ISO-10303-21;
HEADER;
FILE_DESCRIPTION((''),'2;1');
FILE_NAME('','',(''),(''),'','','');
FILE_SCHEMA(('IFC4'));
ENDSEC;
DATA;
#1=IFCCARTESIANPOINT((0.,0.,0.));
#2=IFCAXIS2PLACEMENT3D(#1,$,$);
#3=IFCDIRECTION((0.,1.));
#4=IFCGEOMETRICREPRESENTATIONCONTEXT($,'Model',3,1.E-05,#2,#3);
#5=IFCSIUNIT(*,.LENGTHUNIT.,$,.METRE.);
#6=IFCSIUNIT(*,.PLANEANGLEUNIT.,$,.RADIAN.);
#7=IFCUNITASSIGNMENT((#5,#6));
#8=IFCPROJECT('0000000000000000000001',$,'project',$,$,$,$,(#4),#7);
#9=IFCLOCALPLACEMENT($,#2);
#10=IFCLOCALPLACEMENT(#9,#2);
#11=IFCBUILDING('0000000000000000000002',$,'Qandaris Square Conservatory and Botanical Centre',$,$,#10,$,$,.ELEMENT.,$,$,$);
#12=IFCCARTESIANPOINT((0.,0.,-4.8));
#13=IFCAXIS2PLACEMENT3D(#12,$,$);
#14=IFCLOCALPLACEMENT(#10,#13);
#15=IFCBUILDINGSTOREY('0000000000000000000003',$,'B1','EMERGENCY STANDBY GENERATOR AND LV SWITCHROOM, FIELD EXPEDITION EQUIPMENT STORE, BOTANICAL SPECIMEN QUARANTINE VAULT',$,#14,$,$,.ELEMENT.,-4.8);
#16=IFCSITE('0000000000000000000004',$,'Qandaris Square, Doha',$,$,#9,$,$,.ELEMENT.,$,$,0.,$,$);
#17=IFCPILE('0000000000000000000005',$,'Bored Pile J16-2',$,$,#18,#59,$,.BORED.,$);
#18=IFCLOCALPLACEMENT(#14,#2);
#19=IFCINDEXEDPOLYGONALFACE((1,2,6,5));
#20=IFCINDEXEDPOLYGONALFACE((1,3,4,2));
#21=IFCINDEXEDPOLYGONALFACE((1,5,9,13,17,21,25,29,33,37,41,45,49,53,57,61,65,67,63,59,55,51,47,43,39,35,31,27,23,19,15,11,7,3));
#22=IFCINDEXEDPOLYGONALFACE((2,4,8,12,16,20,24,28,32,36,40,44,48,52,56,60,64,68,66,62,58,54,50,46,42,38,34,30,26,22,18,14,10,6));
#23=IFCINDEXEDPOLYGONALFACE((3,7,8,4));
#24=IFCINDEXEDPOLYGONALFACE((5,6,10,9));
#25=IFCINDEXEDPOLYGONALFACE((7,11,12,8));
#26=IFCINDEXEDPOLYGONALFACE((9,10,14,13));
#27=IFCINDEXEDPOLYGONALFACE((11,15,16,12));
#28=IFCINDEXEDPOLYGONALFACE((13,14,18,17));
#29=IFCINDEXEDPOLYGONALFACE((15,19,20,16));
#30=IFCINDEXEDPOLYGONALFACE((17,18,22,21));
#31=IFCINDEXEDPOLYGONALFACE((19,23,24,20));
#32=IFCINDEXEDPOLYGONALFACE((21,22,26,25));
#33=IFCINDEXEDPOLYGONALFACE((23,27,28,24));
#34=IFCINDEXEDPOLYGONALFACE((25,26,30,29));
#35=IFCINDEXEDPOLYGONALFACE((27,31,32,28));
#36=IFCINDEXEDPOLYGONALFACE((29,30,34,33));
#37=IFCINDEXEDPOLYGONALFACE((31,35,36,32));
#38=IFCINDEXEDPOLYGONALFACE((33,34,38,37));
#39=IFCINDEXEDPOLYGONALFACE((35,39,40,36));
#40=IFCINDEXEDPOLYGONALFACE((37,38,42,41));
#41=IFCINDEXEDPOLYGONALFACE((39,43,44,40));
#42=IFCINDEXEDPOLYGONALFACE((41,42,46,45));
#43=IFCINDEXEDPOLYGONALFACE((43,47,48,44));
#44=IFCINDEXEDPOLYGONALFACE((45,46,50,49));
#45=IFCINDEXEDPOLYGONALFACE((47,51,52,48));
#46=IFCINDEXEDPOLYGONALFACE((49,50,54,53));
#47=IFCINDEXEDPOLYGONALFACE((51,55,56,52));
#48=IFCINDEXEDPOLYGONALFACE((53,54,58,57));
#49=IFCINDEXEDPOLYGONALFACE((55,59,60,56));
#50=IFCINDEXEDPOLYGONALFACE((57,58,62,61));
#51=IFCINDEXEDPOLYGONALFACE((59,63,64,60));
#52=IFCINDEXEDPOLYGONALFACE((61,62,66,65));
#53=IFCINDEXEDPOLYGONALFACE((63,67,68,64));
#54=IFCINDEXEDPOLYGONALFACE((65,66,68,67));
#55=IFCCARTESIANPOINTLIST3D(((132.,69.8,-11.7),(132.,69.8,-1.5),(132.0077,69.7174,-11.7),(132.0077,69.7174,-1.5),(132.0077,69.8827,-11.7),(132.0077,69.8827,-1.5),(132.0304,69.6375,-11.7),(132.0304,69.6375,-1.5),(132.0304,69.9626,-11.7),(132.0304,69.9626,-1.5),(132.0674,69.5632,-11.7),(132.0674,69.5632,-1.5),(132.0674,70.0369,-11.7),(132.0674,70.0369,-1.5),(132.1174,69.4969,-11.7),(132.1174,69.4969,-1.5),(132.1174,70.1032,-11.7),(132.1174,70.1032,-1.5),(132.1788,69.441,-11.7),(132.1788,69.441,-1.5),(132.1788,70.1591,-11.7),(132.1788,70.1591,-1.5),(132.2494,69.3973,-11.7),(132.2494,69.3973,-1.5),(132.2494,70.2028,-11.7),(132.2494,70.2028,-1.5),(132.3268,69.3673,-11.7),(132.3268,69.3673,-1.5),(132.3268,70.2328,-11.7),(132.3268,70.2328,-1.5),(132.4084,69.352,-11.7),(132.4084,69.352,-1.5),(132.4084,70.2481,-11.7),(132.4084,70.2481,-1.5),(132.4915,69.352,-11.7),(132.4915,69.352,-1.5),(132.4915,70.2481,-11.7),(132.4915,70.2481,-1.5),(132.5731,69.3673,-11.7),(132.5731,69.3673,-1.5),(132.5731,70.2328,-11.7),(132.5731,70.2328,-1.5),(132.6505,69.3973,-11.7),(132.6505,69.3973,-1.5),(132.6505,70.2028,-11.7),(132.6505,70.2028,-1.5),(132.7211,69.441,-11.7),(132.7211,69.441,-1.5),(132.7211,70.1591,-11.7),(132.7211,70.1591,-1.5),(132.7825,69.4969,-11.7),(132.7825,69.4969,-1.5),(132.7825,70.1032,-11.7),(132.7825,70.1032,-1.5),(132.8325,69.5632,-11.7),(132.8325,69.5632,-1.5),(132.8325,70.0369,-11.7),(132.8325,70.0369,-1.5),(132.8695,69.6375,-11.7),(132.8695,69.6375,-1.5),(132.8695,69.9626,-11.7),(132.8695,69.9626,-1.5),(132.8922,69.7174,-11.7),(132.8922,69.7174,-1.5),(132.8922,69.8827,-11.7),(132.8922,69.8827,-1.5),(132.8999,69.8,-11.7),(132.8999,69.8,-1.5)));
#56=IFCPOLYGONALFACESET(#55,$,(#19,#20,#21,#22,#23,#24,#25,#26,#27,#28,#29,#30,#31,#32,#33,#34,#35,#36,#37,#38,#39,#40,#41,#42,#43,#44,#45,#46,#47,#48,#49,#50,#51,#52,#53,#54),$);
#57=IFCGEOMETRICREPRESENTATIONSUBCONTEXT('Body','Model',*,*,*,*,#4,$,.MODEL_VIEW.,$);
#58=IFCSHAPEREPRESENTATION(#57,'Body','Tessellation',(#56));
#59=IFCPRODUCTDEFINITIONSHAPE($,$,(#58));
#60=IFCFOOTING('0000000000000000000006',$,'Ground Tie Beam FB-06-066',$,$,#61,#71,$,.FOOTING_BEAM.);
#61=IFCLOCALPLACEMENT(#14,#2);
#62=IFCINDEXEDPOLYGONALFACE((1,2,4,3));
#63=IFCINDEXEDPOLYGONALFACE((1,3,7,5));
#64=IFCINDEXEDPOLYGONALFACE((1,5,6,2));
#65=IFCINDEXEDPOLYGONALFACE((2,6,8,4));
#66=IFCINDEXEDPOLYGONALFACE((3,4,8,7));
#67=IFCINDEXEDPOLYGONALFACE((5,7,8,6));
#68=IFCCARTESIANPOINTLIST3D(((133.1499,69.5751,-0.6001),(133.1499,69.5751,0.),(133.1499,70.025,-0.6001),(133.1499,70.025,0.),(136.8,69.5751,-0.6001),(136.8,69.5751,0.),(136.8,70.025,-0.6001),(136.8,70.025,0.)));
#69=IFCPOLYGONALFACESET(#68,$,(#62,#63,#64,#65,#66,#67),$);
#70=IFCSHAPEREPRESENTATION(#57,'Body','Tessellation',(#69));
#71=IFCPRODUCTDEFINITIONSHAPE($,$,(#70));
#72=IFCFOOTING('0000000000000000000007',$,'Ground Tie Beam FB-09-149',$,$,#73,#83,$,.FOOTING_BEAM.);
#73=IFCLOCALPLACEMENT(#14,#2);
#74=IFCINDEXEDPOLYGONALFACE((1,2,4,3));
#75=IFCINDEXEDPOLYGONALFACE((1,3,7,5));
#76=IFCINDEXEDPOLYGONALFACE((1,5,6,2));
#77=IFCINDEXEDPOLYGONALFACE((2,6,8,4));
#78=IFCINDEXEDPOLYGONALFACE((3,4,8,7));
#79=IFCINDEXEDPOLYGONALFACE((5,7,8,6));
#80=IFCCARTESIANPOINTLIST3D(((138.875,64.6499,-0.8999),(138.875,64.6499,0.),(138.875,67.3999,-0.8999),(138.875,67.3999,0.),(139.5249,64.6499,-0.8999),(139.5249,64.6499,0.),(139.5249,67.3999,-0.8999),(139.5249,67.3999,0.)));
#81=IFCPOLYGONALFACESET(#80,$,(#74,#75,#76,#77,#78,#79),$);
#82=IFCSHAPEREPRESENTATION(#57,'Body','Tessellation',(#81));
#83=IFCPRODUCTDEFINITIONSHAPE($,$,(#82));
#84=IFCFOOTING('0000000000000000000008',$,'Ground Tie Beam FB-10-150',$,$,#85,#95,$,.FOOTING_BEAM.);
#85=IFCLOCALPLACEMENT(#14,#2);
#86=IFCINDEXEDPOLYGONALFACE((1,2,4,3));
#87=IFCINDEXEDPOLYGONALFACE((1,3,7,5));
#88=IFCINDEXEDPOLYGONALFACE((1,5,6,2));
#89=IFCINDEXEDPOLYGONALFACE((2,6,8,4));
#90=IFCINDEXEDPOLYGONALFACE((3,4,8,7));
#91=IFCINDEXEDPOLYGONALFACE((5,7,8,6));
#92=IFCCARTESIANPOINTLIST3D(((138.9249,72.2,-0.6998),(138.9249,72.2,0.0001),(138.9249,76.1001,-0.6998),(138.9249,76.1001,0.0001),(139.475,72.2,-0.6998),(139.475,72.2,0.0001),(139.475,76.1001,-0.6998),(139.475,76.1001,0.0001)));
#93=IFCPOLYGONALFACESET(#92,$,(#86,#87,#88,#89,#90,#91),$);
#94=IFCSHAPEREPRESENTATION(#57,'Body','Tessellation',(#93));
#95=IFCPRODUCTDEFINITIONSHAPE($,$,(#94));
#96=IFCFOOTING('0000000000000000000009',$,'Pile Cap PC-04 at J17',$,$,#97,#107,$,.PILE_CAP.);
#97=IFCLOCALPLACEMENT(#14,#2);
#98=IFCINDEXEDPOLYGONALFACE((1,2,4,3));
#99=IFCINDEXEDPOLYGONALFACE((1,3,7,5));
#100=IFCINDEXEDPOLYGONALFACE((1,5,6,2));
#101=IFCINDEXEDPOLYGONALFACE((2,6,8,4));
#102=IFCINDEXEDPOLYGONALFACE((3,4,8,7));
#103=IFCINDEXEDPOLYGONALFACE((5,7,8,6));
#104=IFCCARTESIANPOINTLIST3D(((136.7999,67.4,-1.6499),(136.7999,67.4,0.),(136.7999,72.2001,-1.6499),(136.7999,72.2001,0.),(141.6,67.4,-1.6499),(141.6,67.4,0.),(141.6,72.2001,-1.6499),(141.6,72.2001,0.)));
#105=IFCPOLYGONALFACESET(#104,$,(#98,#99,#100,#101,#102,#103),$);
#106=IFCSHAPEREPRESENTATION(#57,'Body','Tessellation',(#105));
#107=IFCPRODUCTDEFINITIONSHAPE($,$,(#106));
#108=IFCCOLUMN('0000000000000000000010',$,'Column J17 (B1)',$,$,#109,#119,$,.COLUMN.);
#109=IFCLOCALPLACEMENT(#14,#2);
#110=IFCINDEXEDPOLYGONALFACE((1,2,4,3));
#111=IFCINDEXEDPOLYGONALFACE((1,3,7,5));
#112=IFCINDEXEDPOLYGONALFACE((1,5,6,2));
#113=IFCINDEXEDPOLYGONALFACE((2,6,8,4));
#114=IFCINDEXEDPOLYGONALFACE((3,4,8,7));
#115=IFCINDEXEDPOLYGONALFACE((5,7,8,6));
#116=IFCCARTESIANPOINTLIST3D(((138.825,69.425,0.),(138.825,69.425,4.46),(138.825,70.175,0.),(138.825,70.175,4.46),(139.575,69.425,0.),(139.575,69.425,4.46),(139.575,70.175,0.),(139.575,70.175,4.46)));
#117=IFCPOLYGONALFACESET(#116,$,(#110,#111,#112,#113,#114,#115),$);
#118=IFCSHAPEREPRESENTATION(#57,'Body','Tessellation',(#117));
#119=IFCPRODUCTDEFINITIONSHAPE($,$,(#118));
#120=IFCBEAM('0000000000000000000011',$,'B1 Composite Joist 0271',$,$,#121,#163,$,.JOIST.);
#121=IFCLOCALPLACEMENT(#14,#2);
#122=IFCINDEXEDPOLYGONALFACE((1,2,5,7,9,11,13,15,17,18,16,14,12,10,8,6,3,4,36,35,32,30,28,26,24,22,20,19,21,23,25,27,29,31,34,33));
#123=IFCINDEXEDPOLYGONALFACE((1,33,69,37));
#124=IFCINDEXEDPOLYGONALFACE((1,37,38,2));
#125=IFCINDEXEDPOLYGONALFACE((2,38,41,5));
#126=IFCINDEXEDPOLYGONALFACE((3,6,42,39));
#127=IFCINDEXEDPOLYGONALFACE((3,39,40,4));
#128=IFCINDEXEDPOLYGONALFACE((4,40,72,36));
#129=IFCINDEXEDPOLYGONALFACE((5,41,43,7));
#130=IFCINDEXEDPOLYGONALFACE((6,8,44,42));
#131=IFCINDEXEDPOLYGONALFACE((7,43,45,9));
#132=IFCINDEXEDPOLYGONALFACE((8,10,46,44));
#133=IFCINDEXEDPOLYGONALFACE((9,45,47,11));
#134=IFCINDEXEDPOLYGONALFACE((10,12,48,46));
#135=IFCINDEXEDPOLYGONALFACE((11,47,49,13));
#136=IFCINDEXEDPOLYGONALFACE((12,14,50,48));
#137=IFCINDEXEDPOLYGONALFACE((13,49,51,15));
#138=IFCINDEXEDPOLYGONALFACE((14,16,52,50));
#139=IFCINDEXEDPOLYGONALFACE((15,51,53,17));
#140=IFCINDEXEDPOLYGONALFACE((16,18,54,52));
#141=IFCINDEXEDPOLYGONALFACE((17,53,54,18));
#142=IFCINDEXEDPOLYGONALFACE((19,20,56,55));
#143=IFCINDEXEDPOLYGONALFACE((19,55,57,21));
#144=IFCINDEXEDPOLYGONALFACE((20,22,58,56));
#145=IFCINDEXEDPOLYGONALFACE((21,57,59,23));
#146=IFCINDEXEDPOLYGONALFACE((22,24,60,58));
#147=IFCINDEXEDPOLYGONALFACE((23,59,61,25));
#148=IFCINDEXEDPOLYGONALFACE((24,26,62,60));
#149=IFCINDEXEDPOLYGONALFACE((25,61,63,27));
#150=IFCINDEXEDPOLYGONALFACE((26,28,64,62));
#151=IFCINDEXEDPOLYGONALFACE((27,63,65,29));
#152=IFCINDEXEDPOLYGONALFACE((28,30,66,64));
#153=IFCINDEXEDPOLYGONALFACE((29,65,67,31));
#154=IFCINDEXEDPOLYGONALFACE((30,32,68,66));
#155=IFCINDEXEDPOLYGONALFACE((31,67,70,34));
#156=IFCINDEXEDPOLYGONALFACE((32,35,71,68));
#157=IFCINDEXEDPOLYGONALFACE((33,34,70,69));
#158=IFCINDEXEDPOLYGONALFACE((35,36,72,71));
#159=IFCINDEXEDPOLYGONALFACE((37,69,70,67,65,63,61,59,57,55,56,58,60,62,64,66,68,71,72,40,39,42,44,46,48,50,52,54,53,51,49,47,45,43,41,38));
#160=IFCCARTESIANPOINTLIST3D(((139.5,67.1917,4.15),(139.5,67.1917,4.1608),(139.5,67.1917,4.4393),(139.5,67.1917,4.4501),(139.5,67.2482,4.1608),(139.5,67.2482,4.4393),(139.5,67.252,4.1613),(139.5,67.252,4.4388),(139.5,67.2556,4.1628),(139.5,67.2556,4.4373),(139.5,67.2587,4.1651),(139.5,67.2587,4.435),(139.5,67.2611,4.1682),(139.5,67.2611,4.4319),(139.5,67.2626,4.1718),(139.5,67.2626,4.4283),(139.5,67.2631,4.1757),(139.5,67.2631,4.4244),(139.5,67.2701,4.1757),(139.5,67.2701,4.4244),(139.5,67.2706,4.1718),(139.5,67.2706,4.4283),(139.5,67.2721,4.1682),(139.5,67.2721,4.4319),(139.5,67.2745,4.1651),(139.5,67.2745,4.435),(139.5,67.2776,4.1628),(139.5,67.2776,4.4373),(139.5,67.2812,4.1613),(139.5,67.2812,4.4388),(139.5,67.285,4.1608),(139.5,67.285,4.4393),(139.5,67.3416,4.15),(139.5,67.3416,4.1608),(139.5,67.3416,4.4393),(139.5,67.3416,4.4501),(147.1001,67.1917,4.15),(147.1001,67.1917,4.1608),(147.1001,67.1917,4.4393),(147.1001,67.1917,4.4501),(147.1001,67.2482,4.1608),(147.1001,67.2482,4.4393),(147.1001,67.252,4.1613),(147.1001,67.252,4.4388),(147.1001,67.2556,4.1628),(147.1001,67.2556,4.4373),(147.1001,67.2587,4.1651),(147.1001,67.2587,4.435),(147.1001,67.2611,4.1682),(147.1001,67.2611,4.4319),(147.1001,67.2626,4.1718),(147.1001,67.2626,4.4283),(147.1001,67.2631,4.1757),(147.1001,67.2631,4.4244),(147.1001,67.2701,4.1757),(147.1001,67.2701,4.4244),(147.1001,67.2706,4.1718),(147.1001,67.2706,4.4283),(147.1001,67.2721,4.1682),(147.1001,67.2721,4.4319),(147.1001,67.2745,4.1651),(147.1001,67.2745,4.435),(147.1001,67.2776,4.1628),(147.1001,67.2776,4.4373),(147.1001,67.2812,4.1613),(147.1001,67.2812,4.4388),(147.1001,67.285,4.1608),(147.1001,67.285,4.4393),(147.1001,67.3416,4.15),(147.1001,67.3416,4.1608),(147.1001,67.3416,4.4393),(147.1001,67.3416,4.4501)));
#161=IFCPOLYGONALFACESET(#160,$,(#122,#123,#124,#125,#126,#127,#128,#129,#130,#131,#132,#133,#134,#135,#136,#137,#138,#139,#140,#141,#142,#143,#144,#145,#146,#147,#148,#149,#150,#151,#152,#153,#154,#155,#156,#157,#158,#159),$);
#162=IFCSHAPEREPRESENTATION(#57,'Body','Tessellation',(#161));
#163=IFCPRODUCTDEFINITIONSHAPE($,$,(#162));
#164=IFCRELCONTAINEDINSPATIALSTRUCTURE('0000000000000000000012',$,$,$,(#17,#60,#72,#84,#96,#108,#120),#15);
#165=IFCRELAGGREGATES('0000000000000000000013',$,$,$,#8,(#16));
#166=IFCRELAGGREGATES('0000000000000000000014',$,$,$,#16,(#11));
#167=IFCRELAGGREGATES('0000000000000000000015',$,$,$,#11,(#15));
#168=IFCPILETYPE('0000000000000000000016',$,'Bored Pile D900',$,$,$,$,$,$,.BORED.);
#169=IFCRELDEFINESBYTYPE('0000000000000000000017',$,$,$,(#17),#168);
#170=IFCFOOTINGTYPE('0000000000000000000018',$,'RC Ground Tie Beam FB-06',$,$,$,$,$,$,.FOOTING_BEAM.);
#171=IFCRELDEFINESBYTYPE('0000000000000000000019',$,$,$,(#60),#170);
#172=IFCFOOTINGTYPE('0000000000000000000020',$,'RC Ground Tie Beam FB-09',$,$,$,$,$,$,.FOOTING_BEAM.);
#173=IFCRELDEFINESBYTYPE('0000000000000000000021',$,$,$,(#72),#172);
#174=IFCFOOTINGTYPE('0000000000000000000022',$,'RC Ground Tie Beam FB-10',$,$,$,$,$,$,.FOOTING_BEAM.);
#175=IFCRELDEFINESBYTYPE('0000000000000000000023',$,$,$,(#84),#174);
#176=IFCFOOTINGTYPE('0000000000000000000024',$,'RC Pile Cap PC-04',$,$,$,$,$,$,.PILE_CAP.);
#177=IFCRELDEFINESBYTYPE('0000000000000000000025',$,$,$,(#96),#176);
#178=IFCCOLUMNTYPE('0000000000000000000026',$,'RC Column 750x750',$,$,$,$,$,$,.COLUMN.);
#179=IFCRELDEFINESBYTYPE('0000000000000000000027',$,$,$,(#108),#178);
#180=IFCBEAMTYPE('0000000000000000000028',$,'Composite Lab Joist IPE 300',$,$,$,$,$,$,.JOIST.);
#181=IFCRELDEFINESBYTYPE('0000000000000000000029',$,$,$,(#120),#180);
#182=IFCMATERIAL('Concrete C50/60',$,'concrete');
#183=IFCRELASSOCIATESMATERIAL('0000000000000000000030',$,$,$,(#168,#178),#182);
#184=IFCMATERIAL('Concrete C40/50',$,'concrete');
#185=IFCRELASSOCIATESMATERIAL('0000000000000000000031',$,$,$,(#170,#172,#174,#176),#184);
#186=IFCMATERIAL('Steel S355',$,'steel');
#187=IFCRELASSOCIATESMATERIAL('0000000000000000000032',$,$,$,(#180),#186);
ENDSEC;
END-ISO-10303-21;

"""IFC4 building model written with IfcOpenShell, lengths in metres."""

from ifc_helpers import new_model, si_unit, direction, frame, origin, origin_2d, place, context, subcontext, project, spatial, rectangle, circle, i_section, extrude, material, material_profile, profile_set, type_object, element, save


model = new_model("IFC4")

# Units and contexts
model_context = context("Model", 3, precision=1e-05, world=origin(), true_north=direction((0.0, 1.0)))
body_context = subcontext(model_context, "Body", "Model", "MODEL_VIEW")
ifc_project = project(units=[si_unit("LENGTHUNIT", "METRE"), si_unit("PLANEANGLEUNIT", "RADIAN")], contexts=[model_context])

# Site, building, storey
site_placement = place(None, origin())
site = spatial("IfcSite", under=ifc_project, at=site_placement, Name="Qandaris Square, Doha", CompositionType="ELEMENT", RefElevation=0.0)
building_placement = place(site_placement, origin())
building = spatial("IfcBuilding", under=site, at=building_placement, Name="Qandaris Square Conservatory and Botanical Centre", CompositionType="ELEMENT")
storey_placement = place(building_placement, frame((0.0, 0.0, -4.8)))
storey = spatial("IfcBuildingStorey", under=building, at=storey_placement, Name="B1", Description="EMERGENCY STANDBY GENERATOR AND LV SWITCHROOM, FIELD EXPEDITION EQUIPMENT STORE, BOTANICAL SPECIMEN QUARANTINE VAULT", CompositionType="ELEMENT", Elevation=-4.8)

# Pile
ifc_material_1 = material(Name="Concrete C50/60", Category="concrete")
ifc_material_profile_1 = material_profile(ifc_material_1, circle(Radius=0.45, at=origin_2d()), Name="PILE D900")
ifc_profile_set_1 = profile_set([ifc_material_profile_1], Name="Concrete C50/60")
pile_type_1 = type_object("IfcPileType", Name="Bored Pile D900", PredefinedType="BORED", material=ifc_profile_set_1)
pile_placement = place(storey_placement, frame((132.45, 69.8, -1.5), z_axis=(0.0, 0.0, -1.0), x_axis=(1.0, 0.0, 0.0)))
element("IfcPile", 1, at=pile_placement, inside=storey, type_object=pile_type_1, Name="Bored Pile J16-2", PredefinedType="BORED", context=body_context, shape_type="SweptSolid", body=[
    extrude(circle(Radius=0.45, at=origin_2d()), origin(), (0.0, 0.0, 1.0), 10.2),
])

# Footings
ifc_material_2 = material(Name="Concrete C40/50", Category="concrete")
ifc_material_profile_2 = material_profile(ifc_material_2, rectangle(XDim=0.45, YDim=0.6001, at=origin_2d()), Name="FB 450x600")
ifc_profile_set_2 = profile_set([ifc_material_profile_2], Name="Concrete C40/50")
footing_type_1 = type_object("IfcFootingType", Name="RC Ground Tie Beam FB-06", PredefinedType="FOOTING_BEAM", material=ifc_profile_set_2)
footing_1_placement = place(storey_placement, frame((133.1499, 69.8, -0.3), z_axis=(1.0, 0.0, 0.0), x_axis=(0.0, 1.0, 0.0)))
element("IfcFooting", 2, at=footing_1_placement, inside=storey, type_object=footing_type_1, Name="Ground Tie Beam FB-06-066", PredefinedType="FOOTING_BEAM", context=body_context, shape_type="SweptSolid", body=[
    extrude(rectangle(XDim=0.45, YDim=0.6001, at=origin_2d()), origin(), (0.0, 0.0, 1.0), 3.6501),
])
ifc_material_profile_3 = material_profile(ifc_material_2, rectangle(XDim=0.6499, YDim=0.8999, at=origin_2d()), Name="FB 650x900")
ifc_profile_set_3 = profile_set([ifc_material_profile_3], Name="Concrete C40/50")
footing_type_2 = type_object("IfcFootingType", Name="RC Ground Tie Beam FB-09", PredefinedType="FOOTING_BEAM", material=ifc_profile_set_3)
footing_2_placement = place(storey_placement, frame((139.2, 64.6499, -0.45), z_axis=(0.0, 1.0, 0.0), x_axis=(-1.0, 0.0, 0.0)))
element("IfcFooting", 3, at=footing_2_placement, inside=storey, type_object=footing_type_2, Name="Ground Tie Beam FB-09-149", PredefinedType="FOOTING_BEAM", context=body_context, shape_type="SweptSolid", body=[
    extrude(rectangle(XDim=0.6499, YDim=0.8999, at=origin_2d()), origin(), (0.0, 0.0, 1.0), 2.75),
])
ifc_material_profile_4 = material_profile(ifc_material_2, rectangle(XDim=0.55, YDim=0.7, at=origin_2d()), Name="FB 550x700")
ifc_profile_set_4 = profile_set([ifc_material_profile_4], Name="Concrete C40/50")
footing_type_3 = type_object("IfcFootingType", Name="RC Ground Tie Beam FB-10", PredefinedType="FOOTING_BEAM", material=ifc_profile_set_4)
footing_3_placement = place(storey_placement, frame((139.2, 72.2, -0.3499), z_axis=(0.0, 1.0, 0.0), x_axis=(-1.0, 0.0, 0.0)))
element("IfcFooting", 4, at=footing_3_placement, inside=storey, type_object=footing_type_3, Name="Ground Tie Beam FB-10-150", PredefinedType="FOOTING_BEAM", context=body_context, shape_type="SweptSolid", body=[
    extrude(rectangle(XDim=0.55, YDim=0.7, at=origin_2d()), origin(), (0.0, 0.0, 1.0), 3.9001),
])
footing_type_4 = type_object("IfcFootingType", Name="RC Pile Cap PC-04", PredefinedType="PILE_CAP", material=ifc_material_2)
footing_4_placement = place(storey_placement, frame((139.2, 69.8, -1.6499), z_axis=(0.0, 0.0, 1.0), x_axis=(1.0, 0.0, 0.0)))
element("IfcFooting", 5, at=footing_4_placement, inside=storey, type_object=footing_type_4, Name="Pile Cap PC-04 at J17", PredefinedType="PILE_CAP", context=body_context, shape_type="SweptSolid", body=[
    extrude(rectangle(XDim=4.8, YDim=4.8, at=origin_2d()), origin(), (0.0, 0.0, 1.0), 1.6499),
])

# Column
ifc_material_profile_5 = material_profile(ifc_material_1, rectangle(XDim=0.75, YDim=0.75, at=origin_2d()), Name="RC-COL 750x750")
ifc_profile_set_5 = profile_set([ifc_material_profile_5], Name="Concrete C50/60")
column_type = type_object("IfcColumnType", Name="RC Column 750x750", PredefinedType="COLUMN", material=ifc_profile_set_5)
column_placement = place(storey_placement, frame((139.2, 69.8, 0.0), z_axis=(0.0, 0.0, 1.0), x_axis=(1.0, 0.0, 0.0)))
element("IfcColumn", 6, at=column_placement, inside=storey, type_object=column_type, Name="Column J17 (B1)", PredefinedType="COLUMN", context=body_context, shape_type="SweptSolid", body=[
    extrude(rectangle(XDim=0.75, YDim=0.75, at=origin_2d()), origin(), (0.0, 0.0, 1.0), 4.46),
])

# Beam
ifc_material_3 = material(Name="Steel S355", Category="steel")
ifc_material_profile_6 = material_profile(ifc_material_3, i_section(OverallWidth=0.1499, OverallDepth=0.3, WebThickness=0.0071, FlangeThickness=0.0107, FilletRadius=0.0149, at=origin_2d()), Name="IPE 300")
ifc_profile_set_6 = profile_set([ifc_material_profile_6], Name="Steel S355")
beam_type_1 = type_object("IfcBeamType", Name="Composite Lab Joist IPE 300", PredefinedType="JOIST", material=ifc_profile_set_6)
for number, where, z_axis, x_axis, name in (
    (7, (139.5, 67.2666, 4.3), (1.0, 0.0, 0.0), (0.0, 1.0, 0.0), "B1 Composite Joist 0271"),
):
    element("IfcBeam", number, at=place(storey_placement, frame(where, z_axis=z_axis, x_axis=x_axis)), inside=storey, type_object=beam_type_1, Name=name, PredefinedType="JOIST", context=body_context, shape_type="SweptSolid", body=[
        extrude(i_section(OverallWidth=0.1499, OverallDepth=0.3, WebThickness=0.0071, FlangeThickness=0.0107, FilletRadius=0.0149, at=origin_2d()), origin(), (0.0, 0.0, 1.0), 7.6001),
    ])

save(model, "model.ifc")
